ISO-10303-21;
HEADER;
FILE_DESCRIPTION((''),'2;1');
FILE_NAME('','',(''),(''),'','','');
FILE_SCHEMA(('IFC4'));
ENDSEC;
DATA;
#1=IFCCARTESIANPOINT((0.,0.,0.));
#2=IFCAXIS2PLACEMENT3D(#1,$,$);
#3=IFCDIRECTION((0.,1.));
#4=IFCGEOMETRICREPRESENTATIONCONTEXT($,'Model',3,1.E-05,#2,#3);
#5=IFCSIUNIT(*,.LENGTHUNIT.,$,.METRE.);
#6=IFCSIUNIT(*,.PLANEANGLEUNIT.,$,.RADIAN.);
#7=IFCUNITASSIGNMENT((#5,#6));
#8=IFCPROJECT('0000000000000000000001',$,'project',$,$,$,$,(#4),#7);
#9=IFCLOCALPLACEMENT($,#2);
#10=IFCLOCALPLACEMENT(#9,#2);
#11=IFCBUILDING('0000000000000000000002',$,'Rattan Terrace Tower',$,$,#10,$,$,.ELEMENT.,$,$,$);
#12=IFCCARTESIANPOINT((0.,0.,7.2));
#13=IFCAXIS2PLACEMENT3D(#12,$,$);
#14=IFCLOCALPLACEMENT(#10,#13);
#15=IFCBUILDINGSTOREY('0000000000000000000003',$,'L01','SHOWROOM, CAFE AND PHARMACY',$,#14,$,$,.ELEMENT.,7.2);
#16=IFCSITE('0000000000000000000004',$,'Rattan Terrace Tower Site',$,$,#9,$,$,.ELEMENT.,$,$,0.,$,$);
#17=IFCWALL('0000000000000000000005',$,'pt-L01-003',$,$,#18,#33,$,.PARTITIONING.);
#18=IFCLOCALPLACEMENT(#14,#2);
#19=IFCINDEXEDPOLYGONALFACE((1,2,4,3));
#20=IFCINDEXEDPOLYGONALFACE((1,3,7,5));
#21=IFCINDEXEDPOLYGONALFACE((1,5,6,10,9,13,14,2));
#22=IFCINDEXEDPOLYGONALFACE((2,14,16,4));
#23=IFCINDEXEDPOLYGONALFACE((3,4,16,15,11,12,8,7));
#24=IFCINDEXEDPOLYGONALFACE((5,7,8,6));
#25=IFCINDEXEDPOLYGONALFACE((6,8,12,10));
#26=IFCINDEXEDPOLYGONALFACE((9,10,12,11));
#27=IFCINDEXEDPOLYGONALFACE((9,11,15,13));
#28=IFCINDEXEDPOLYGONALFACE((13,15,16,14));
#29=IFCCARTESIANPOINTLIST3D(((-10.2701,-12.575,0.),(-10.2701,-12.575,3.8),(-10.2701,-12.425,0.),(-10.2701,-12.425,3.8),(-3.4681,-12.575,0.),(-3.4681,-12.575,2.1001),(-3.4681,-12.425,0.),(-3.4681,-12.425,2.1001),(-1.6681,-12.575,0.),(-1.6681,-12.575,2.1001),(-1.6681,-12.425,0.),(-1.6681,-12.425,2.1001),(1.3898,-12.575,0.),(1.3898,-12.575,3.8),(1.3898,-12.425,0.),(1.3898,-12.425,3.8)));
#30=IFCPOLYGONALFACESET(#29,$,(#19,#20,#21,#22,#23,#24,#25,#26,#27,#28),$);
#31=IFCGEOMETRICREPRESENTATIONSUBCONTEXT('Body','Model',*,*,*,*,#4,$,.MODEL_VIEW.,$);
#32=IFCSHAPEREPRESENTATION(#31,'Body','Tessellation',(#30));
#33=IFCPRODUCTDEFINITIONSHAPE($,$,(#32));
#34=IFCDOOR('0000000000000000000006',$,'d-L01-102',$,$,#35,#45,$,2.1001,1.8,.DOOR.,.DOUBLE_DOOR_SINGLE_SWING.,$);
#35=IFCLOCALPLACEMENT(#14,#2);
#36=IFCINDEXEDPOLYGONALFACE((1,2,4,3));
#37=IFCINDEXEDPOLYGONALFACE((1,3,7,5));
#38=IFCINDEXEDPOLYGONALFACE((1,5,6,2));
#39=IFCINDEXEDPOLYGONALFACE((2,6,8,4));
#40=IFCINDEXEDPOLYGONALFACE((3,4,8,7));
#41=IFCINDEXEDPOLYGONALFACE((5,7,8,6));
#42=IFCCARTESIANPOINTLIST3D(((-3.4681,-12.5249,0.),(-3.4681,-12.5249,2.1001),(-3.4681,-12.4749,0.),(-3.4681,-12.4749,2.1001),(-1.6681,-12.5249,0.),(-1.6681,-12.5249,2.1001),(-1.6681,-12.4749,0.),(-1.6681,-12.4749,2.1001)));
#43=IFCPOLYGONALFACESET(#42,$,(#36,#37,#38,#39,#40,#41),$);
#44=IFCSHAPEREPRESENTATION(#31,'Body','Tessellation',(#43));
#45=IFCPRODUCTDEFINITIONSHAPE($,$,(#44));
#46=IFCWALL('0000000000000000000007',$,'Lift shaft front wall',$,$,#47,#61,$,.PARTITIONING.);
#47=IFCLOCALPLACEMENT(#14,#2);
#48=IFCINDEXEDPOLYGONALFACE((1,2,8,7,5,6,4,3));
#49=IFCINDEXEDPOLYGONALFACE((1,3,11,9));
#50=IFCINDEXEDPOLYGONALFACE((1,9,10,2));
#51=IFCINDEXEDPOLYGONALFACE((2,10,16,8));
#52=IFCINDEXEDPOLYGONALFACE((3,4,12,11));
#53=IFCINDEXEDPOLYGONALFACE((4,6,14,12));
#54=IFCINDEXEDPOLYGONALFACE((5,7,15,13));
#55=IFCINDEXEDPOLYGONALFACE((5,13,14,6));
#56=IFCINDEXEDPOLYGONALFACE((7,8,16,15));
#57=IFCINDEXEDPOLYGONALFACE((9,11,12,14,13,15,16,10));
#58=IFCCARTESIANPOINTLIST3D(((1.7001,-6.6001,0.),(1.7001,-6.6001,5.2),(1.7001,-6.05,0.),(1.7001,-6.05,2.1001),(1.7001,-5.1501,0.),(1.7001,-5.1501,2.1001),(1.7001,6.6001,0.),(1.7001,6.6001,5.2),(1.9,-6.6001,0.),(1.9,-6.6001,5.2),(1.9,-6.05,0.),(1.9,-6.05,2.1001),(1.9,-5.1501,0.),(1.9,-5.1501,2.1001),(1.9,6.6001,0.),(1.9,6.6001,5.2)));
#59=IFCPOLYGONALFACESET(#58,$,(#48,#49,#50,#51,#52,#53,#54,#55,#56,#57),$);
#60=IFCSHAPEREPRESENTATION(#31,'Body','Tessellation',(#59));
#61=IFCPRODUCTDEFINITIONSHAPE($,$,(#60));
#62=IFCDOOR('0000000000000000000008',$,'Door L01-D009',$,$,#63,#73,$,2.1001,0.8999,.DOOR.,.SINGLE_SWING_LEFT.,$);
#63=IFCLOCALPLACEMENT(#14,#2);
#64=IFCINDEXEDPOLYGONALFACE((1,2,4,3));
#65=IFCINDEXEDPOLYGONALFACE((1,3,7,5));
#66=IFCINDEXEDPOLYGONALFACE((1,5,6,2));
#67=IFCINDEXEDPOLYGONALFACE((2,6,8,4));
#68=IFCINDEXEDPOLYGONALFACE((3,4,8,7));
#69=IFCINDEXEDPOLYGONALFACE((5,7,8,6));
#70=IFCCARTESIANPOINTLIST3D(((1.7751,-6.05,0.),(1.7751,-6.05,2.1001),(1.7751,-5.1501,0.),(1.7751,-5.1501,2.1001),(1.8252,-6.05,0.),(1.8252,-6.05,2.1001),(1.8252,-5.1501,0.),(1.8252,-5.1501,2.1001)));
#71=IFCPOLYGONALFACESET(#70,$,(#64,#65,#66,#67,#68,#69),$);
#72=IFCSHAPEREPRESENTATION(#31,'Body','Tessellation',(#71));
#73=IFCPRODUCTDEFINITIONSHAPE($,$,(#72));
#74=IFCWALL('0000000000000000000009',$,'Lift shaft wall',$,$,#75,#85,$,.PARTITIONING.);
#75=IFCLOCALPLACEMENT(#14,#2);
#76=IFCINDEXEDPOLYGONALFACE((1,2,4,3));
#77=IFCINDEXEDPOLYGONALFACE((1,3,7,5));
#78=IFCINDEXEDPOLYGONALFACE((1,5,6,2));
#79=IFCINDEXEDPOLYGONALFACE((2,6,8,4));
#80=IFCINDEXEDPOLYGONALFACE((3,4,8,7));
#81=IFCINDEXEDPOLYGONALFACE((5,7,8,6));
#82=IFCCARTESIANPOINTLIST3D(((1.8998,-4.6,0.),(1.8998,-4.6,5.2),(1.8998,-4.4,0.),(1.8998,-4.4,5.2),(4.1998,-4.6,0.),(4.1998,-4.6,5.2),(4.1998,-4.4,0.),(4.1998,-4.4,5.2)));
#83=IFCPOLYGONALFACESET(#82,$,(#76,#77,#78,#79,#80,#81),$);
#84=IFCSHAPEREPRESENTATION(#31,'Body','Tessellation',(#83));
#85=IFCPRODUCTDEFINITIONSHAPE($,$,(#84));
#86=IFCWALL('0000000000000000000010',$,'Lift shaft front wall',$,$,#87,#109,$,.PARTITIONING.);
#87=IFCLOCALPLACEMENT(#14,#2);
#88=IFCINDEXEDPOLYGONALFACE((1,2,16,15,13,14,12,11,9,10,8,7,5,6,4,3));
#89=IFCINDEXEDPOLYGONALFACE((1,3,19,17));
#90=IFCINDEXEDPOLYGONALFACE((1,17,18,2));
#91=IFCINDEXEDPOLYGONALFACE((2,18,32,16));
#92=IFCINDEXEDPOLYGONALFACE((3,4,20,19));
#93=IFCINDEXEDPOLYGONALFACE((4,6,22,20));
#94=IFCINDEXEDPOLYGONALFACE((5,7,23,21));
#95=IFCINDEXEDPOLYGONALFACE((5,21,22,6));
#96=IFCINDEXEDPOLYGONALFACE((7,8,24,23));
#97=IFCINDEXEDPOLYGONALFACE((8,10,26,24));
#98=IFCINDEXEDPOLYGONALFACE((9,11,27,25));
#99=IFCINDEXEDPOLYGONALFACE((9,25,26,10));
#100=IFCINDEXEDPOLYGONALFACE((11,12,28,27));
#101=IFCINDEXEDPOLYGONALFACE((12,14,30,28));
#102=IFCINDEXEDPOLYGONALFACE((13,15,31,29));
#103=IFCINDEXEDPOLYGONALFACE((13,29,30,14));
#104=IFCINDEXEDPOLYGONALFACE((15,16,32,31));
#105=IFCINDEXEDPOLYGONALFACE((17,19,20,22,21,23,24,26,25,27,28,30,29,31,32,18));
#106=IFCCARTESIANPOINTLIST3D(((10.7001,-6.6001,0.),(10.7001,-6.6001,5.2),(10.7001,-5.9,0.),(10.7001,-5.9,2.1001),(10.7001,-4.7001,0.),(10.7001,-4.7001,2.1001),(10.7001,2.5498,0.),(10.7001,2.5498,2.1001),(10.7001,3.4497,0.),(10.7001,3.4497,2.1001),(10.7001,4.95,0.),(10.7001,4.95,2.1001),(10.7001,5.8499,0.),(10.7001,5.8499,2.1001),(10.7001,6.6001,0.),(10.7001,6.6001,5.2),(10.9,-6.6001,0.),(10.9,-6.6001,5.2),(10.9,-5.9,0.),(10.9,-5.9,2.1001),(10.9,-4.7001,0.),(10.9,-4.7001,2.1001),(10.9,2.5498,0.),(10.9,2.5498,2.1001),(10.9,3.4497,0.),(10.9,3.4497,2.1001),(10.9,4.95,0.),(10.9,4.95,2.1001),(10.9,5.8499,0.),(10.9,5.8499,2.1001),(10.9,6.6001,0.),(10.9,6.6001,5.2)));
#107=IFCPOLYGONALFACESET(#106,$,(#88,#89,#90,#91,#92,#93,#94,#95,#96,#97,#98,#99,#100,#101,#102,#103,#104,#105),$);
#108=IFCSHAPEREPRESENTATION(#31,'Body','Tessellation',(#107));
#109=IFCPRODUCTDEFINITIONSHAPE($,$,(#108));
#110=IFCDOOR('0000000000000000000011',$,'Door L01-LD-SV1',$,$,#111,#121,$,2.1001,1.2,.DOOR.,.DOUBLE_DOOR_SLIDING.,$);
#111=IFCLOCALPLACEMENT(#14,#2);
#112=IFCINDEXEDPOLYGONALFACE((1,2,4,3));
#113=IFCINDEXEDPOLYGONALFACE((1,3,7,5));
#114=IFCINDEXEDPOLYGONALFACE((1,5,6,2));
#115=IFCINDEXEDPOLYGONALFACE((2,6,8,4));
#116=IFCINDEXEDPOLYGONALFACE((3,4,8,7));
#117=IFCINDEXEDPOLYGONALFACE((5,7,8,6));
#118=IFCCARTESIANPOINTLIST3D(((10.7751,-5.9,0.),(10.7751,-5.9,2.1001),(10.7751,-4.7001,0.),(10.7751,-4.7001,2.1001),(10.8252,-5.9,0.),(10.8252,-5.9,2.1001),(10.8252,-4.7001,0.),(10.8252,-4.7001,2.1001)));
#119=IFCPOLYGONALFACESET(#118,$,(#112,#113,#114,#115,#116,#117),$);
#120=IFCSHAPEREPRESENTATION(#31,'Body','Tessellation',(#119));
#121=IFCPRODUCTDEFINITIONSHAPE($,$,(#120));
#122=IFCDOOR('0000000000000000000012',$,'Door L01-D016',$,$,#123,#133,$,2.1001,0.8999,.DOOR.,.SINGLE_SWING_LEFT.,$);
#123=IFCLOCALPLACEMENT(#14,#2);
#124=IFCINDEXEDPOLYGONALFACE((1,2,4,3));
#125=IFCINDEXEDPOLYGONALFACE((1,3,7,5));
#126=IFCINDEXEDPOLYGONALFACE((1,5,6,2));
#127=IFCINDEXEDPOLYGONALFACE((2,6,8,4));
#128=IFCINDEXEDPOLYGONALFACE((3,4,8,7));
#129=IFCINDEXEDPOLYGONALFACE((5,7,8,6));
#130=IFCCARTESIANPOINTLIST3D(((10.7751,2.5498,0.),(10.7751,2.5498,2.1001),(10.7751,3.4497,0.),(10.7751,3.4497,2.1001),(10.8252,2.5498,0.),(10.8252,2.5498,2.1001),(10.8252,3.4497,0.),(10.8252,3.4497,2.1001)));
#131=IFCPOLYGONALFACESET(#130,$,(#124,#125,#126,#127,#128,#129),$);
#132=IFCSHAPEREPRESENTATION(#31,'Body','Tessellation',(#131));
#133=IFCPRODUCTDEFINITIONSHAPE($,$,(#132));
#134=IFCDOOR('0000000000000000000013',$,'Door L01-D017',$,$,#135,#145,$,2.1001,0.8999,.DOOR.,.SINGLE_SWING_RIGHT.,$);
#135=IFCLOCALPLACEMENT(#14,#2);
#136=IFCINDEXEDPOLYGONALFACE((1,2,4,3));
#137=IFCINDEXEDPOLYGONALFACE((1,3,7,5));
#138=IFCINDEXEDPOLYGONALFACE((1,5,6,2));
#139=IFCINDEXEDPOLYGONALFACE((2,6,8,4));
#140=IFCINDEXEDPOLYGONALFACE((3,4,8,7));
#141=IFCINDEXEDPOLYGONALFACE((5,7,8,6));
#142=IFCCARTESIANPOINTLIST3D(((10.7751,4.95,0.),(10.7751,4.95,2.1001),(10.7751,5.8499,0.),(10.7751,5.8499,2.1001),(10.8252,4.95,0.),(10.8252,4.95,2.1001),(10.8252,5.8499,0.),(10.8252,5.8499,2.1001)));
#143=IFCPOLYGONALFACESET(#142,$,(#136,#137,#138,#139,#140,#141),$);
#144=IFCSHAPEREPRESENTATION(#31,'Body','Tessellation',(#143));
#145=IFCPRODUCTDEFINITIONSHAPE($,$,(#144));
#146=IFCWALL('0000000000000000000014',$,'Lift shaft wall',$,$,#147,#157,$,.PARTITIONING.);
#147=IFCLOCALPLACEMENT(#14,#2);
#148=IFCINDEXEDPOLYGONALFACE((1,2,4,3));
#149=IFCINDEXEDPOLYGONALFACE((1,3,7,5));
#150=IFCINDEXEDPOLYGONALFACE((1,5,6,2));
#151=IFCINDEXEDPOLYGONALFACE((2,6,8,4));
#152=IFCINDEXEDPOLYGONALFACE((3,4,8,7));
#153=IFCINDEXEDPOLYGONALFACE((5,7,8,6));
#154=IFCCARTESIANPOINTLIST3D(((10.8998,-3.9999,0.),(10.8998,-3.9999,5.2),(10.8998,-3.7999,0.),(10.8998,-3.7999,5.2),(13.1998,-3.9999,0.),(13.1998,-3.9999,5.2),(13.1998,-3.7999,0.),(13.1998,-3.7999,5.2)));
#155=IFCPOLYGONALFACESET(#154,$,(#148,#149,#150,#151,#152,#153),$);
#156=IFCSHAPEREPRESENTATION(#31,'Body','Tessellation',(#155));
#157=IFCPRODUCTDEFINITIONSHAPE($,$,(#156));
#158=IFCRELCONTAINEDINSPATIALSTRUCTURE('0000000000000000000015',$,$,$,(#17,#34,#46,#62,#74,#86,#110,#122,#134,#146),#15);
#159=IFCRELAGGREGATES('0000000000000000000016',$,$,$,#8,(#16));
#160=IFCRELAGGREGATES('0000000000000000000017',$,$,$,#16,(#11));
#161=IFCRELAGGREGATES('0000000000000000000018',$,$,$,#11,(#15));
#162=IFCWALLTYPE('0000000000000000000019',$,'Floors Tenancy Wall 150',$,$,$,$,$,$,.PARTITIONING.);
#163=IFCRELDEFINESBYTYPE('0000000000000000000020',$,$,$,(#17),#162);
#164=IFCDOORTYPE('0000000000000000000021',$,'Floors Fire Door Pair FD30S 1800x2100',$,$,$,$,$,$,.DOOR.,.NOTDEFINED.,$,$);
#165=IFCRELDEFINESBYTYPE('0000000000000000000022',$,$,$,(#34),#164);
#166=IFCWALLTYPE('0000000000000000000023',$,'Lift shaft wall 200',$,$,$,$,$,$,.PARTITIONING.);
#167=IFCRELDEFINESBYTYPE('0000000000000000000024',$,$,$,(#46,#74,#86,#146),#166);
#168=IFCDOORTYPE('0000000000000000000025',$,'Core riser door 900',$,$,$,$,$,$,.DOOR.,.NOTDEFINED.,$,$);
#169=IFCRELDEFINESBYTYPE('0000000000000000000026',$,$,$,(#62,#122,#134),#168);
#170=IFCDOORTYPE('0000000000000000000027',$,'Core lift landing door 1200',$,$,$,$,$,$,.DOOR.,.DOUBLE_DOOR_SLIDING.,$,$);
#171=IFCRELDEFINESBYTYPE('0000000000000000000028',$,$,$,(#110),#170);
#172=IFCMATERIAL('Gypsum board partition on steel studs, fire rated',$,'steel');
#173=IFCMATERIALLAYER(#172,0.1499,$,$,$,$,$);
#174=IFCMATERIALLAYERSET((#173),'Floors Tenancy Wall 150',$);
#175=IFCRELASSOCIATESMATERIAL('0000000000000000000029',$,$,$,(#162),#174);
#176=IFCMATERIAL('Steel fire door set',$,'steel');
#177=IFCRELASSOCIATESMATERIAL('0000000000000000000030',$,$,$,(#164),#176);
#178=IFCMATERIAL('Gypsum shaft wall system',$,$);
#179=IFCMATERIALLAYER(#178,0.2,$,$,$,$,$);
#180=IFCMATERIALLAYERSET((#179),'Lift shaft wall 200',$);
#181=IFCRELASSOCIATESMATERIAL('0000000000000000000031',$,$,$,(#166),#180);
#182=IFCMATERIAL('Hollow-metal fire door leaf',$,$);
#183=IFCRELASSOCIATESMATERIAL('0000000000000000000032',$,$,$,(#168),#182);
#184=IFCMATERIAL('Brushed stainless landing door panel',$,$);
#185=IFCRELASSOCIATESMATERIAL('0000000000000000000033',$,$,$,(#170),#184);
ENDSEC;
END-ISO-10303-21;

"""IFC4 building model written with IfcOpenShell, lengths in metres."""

from ifc_helpers import new_model, si_unit, direction, frame, frame_2d, origin, place, context, subcontext, project, spatial, rectangle, extrude, material, layer, layer_set, type_object, element, fill, save


model = new_model("IFC4")

# Units and contexts
model_context = context("Model", 3, precision=1e-05, world=origin(), true_north=direction((0.0, 1.0)))
body_context = subcontext(model_context, "Body", "Model", "MODEL_VIEW")
ifc_project = project(units=[si_unit("LENGTHUNIT", "METRE"), si_unit("PLANEANGLEUNIT", "RADIAN")], contexts=[model_context])

# Site, building, storey
site_placement = place(None, origin())
site = spatial("IfcSite", under=ifc_project, at=site_placement, Name="Rattan Terrace Tower Site", CompositionType="ELEMENT", RefElevation=0.0)
building_placement = place(site_placement, origin())
building = spatial("IfcBuilding", under=site, at=building_placement, Name="Rattan Terrace Tower", CompositionType="ELEMENT")
storey_placement = place(building_placement, frame((0.0, 0.0, 7.2)))
storey = spatial("IfcBuildingStorey", under=building, at=storey_placement, Name="L01", Description="SHOWROOM, CAFE AND PHARMACY", CompositionType="ELEMENT", Elevation=7.2)

# Walls, openings, doors
ifc_material_1 = material(Name="Gypsum board partition on steel studs, fire rated", Category="steel")
ifc_layer_1 = layer(ifc_material_1, 0.1499)
ifc_layer_set_1 = layer_set([ifc_layer_1], Name="Floors Tenancy Wall 150")
wall_type_1 = type_object("IfcWallType", Name="Floors Tenancy Wall 150", PredefinedType="PARTITIONING", material=ifc_layer_set_1)
wall_1_placement = place(storey_placement, frame((1.3899, -12.5, 0.0), z_axis=(0.0, 0.0, 1.0), x_axis=(-1.0, 0.0, 0.0)))
wall_1 = element("IfcWall", 1, at=wall_1_placement, inside=storey, type_object=wall_type_1, Name="pt-L01-003", PredefinedType="PARTITIONING", context=body_context, shape_type="SweptSolid", body=[
    extrude(rectangle(XDim=11.6599, YDim=0.1499, at=frame_2d((5.8301, 0.0))), origin(), (0.0, 0.0, 1.0), 3.8),
])
opening_1_placement = place(wall_1_placement, frame((3.0581, 0.0, 0.0)))
opening_1 = element("IfcOpeningElement", 2, at=opening_1_placement, cuts=wall_1, PredefinedType="OPENING", context=body_context, shape_type="SweptSolid", body=[
    extrude(rectangle(XDim=1.8, YDim=2.1001, at=frame_2d((0.8999, 1.05))), frame((0.0, 0.0854, 0.0), z_axis=(0.0, -1.0, 0.0), x_axis=(1.0, 0.0, 0.0)), (0.0, 0.0, 1.0), 0.1709),
])
ifc_material_2 = material(Name="Steel fire door set", Category="steel")
door_type_1 = type_object("IfcDoorType", Name="Floors Fire Door Pair FD30S 1800x2100", OperationType="NOTDEFINED", PredefinedType="DOOR", material=ifc_material_2)
door_1_placement = place(opening_1_placement, origin())
door_1 = element("IfcDoor", 3, at=door_1_placement, inside=storey, type_object=door_type_1, Name="d-L01-102", OperationType="DOUBLE_DOOR_SINGLE_SWING", OverallHeight=2.1001, OverallWidth=1.8, PredefinedType="DOOR", context=body_context, shape_type="SweptSolid", body=[
    extrude(rectangle(XDim=1.8, YDim=2.1001, at=frame_2d((0.8999, 1.05))), frame((0.0, 0.0249, 0.0), z_axis=(0.0, -1.0, 0.0), x_axis=(1.0, 0.0, 0.0)), (0.0, 0.0, 1.0), 0.05),
])
fill(opening_1, door_1)
ifc_material_3 = material(Name="Gypsum shaft wall system")
ifc_layer_2 = layer(ifc_material_3, 0.2)
ifc_layer_set_2 = layer_set([ifc_layer_2], Name="Lift shaft wall 200")
wall_type_2 = type_object("IfcWallType", Name="Lift shaft wall 200", PredefinedType="PARTITIONING", material=ifc_layer_set_2)
wall_2_placement = place(storey_placement, frame((1.8, -6.6001, 0.0), z_axis=(0.0, 0.0, 1.0), x_axis=(0.0, 1.0, 0.0)))
wall_2 = element("IfcWall", 4, at=wall_2_placement, inside=storey, type_object=wall_type_2, Name="Lift shaft front wall", PredefinedType="PARTITIONING", context=body_context, shape_type="SweptSolid", body=[
    extrude(rectangle(XDim=13.2002, YDim=0.2, at=frame_2d((6.6001, 0.0))), origin(), (0.0, 0.0, 1.0), 5.2),
])
opening_2_placement = place(wall_2_placement, frame((0.55, 0.0, 0.0)))
opening_2 = element("IfcOpeningElement", 5, at=opening_2_placement, cuts=wall_2, PredefinedType="OPENING", context=body_context, shape_type="SweptSolid", body=[
    extrude(rectangle(XDim=0.8999, YDim=2.1001, at=frame_2d((0.45, 1.05))), frame((0.0, 0.1106, 0.0), z_axis=(0.0, -1.0, 0.0), x_axis=(1.0, 0.0, 0.0)), (0.0, 0.0, 1.0), 0.2209),
])
ifc_material_4 = material(Name="Hollow-metal fire door leaf")
door_type_2 = type_object("IfcDoorType", Name="Core riser door 900", OperationType="NOTDEFINED", PredefinedType="DOOR", material=ifc_material_4)
door_2_placement = place(opening_2_placement, origin())
door_2 = element("IfcDoor", 6, at=door_2_placement, inside=storey, type_object=door_type_2, Name="Door L01-D009", OperationType="SINGLE_SWING_LEFT", OverallHeight=2.1001, OverallWidth=0.8999, PredefinedType="DOOR", context=body_context, shape_type="SweptSolid", body=[
    extrude(rectangle(XDim=0.8999, YDim=2.1001, at=frame_2d((0.45, 1.05))), frame((0.0, 0.0249, 0.0), z_axis=(0.0, -1.0, 0.0), x_axis=(1.0, 0.0, 0.0)), (0.0, 0.0, 1.0), 0.05),
])
fill(opening_2, door_2)

# Wall
wall_3_placement = place(storey_placement, frame((1.8999, -4.5, 0.0), z_axis=(0.0, 0.0, 1.0), x_axis=(1.0, 0.0, 0.0)))
element("IfcWall", 7, at=wall_3_placement, inside=storey, type_object=wall_type_2, Name="Lift shaft wall", PredefinedType="PARTITIONING", context=body_context, shape_type="SweptSolid", body=[
    extrude(rectangle(XDim=2.3, YDim=0.2, at=frame_2d((1.1499, 0.0))), origin(), (0.0, 0.0, 1.0), 5.2),
])

# Wall, openings, doors
wall_4_placement = place(storey_placement, frame((10.8, -6.6001, 0.0), z_axis=(0.0, 0.0, 1.0), x_axis=(0.0, 1.0, 0.0)))
wall_4 = element("IfcWall", 8, at=wall_4_placement, inside=storey, type_object=wall_type_2, Name="Lift shaft front wall", PredefinedType="PARTITIONING", context=body_context, shape_type="SweptSolid", body=[
    extrude(rectangle(XDim=13.2002, YDim=0.2, at=frame_2d((6.6001, 0.0))), origin(), (0.0, 0.0, 1.0), 5.2),
])
opening_3_placement = place(wall_4_placement, frame((0.7, 0.0, 0.0)))
opening_3 = element("IfcOpeningElement", 9, at=opening_3_placement, cuts=wall_4, PredefinedType="OPENING", context=body_context, shape_type="SweptSolid", body=[
    extrude(rectangle(XDim=1.2, YDim=2.1001, at=frame_2d((0.6001, 1.05))), frame((0.0, 0.1106, 0.0), z_axis=(0.0, -1.0, 0.0), x_axis=(1.0, 0.0, 0.0)), (0.0, 0.0, 1.0), 0.2209),
])
opening_4_placement = place(wall_4_placement, frame((9.1499, 0.0, 0.0)))
opening_4 = element("IfcOpeningElement", 10, at=opening_4_placement, cuts=wall_4, PredefinedType="OPENING", context=body_context, shape_type="SweptSolid", body=[
    extrude(rectangle(XDim=0.8999, YDim=2.1001, at=frame_2d((0.45, 1.05))), frame((0.0, 0.1106, 0.0), z_axis=(0.0, -1.0, 0.0), x_axis=(1.0, 0.0, 0.0)), (0.0, 0.0, 1.0), 0.2209),
])
opening_5_placement = place(wall_4_placement, frame((11.55, 0.0, 0.0)))
opening_5 = element("IfcOpeningElement", 11, at=opening_5_placement, cuts=wall_4, PredefinedType="OPENING", context=body_context, shape_type="SweptSolid", body=[
    extrude(rectangle(XDim=0.8999, YDim=2.1001, at=frame_2d((0.45, 1.05))), frame((0.0, 0.1106, 0.0), z_axis=(0.0, -1.0, 0.0), x_axis=(1.0, 0.0, 0.0)), (0.0, 0.0, 1.0), 0.2209),
])
ifc_material_5 = material(Name="Brushed stainless landing door panel")
door_type_3 = type_object("IfcDoorType", Name="Core lift landing door 1200", OperationType="DOUBLE_DOOR_SLIDING", PredefinedType="DOOR", material=ifc_material_5)
door_3_placement = place(opening_3_placement, origin())
door_3 = element("IfcDoor", 12, at=door_3_placement, inside=storey, type_object=door_type_3, Name="Door L01-LD-SV1", OperationType="DOUBLE_DOOR_SLIDING", OverallHeight=2.1001, OverallWidth=1.2, PredefinedType="DOOR", context=body_context, shape_type="SweptSolid", body=[
    extrude(rectangle(XDim=1.2, YDim=2.1001, at=frame_2d((0.6001, 1.05))), frame((0.0, 0.0249, 0.0), z_axis=(0.0, -1.0, 0.0), x_axis=(1.0, 0.0, 0.0)), (0.0, 0.0, 1.0), 0.05),
])
fill(opening_3, door_3)
door_4_placement = place(opening_4_placement, origin())
door_4 = element("IfcDoor", 13, at=door_4_placement, inside=storey, type_object=door_type_2, Name="Door L01-D016", OperationType="SINGLE_SWING_LEFT", OverallHeight=2.1001, OverallWidth=0.8999, PredefinedType="DOOR", context=body_context, shape_type="SweptSolid", body=[
    extrude(rectangle(XDim=0.8999, YDim=2.1001, at=frame_2d((0.45, 1.05))), frame((0.0, 0.0249, 0.0), z_axis=(0.0, -1.0, 0.0), x_axis=(1.0, 0.0, 0.0)), (0.0, 0.0, 1.0), 0.05),
])
fill(opening_4, door_4)
door_5_placement = place(opening_5_placement, origin())
door_5 = element("IfcDoor", 14, at=door_5_placement, inside=storey, type_object=door_type_2, Name="Door L01-D017", OperationType="SINGLE_SWING_RIGHT", OverallHeight=2.1001, OverallWidth=0.8999, PredefinedType="DOOR", context=body_context, shape_type="SweptSolid", body=[
    extrude(rectangle(XDim=0.8999, YDim=2.1001, at=frame_2d((0.45, 1.05))), frame((0.0, 0.0249, 0.0), z_axis=(0.0, -1.0, 0.0), x_axis=(1.0, 0.0, 0.0)), (0.0, 0.0, 1.0), 0.05),
])
fill(opening_5, door_5)

# Wall
wall_5_placement = place(storey_placement, frame((10.8999, -3.8999, 0.0), z_axis=(0.0, 0.0, 1.0), x_axis=(1.0, 0.0, 0.0)))
element("IfcWall", 15, at=wall_5_placement, inside=storey, type_object=wall_type_2, Name="Lift shaft wall", PredefinedType="PARTITIONING", context=body_context, shape_type="SweptSolid", body=[
    extrude(rectangle(XDim=2.3, YDim=0.2, at=frame_2d((1.1499, 0.0))), origin(), (0.0, 0.0, 1.0), 5.2),
])

save(model, "model.ifc")
